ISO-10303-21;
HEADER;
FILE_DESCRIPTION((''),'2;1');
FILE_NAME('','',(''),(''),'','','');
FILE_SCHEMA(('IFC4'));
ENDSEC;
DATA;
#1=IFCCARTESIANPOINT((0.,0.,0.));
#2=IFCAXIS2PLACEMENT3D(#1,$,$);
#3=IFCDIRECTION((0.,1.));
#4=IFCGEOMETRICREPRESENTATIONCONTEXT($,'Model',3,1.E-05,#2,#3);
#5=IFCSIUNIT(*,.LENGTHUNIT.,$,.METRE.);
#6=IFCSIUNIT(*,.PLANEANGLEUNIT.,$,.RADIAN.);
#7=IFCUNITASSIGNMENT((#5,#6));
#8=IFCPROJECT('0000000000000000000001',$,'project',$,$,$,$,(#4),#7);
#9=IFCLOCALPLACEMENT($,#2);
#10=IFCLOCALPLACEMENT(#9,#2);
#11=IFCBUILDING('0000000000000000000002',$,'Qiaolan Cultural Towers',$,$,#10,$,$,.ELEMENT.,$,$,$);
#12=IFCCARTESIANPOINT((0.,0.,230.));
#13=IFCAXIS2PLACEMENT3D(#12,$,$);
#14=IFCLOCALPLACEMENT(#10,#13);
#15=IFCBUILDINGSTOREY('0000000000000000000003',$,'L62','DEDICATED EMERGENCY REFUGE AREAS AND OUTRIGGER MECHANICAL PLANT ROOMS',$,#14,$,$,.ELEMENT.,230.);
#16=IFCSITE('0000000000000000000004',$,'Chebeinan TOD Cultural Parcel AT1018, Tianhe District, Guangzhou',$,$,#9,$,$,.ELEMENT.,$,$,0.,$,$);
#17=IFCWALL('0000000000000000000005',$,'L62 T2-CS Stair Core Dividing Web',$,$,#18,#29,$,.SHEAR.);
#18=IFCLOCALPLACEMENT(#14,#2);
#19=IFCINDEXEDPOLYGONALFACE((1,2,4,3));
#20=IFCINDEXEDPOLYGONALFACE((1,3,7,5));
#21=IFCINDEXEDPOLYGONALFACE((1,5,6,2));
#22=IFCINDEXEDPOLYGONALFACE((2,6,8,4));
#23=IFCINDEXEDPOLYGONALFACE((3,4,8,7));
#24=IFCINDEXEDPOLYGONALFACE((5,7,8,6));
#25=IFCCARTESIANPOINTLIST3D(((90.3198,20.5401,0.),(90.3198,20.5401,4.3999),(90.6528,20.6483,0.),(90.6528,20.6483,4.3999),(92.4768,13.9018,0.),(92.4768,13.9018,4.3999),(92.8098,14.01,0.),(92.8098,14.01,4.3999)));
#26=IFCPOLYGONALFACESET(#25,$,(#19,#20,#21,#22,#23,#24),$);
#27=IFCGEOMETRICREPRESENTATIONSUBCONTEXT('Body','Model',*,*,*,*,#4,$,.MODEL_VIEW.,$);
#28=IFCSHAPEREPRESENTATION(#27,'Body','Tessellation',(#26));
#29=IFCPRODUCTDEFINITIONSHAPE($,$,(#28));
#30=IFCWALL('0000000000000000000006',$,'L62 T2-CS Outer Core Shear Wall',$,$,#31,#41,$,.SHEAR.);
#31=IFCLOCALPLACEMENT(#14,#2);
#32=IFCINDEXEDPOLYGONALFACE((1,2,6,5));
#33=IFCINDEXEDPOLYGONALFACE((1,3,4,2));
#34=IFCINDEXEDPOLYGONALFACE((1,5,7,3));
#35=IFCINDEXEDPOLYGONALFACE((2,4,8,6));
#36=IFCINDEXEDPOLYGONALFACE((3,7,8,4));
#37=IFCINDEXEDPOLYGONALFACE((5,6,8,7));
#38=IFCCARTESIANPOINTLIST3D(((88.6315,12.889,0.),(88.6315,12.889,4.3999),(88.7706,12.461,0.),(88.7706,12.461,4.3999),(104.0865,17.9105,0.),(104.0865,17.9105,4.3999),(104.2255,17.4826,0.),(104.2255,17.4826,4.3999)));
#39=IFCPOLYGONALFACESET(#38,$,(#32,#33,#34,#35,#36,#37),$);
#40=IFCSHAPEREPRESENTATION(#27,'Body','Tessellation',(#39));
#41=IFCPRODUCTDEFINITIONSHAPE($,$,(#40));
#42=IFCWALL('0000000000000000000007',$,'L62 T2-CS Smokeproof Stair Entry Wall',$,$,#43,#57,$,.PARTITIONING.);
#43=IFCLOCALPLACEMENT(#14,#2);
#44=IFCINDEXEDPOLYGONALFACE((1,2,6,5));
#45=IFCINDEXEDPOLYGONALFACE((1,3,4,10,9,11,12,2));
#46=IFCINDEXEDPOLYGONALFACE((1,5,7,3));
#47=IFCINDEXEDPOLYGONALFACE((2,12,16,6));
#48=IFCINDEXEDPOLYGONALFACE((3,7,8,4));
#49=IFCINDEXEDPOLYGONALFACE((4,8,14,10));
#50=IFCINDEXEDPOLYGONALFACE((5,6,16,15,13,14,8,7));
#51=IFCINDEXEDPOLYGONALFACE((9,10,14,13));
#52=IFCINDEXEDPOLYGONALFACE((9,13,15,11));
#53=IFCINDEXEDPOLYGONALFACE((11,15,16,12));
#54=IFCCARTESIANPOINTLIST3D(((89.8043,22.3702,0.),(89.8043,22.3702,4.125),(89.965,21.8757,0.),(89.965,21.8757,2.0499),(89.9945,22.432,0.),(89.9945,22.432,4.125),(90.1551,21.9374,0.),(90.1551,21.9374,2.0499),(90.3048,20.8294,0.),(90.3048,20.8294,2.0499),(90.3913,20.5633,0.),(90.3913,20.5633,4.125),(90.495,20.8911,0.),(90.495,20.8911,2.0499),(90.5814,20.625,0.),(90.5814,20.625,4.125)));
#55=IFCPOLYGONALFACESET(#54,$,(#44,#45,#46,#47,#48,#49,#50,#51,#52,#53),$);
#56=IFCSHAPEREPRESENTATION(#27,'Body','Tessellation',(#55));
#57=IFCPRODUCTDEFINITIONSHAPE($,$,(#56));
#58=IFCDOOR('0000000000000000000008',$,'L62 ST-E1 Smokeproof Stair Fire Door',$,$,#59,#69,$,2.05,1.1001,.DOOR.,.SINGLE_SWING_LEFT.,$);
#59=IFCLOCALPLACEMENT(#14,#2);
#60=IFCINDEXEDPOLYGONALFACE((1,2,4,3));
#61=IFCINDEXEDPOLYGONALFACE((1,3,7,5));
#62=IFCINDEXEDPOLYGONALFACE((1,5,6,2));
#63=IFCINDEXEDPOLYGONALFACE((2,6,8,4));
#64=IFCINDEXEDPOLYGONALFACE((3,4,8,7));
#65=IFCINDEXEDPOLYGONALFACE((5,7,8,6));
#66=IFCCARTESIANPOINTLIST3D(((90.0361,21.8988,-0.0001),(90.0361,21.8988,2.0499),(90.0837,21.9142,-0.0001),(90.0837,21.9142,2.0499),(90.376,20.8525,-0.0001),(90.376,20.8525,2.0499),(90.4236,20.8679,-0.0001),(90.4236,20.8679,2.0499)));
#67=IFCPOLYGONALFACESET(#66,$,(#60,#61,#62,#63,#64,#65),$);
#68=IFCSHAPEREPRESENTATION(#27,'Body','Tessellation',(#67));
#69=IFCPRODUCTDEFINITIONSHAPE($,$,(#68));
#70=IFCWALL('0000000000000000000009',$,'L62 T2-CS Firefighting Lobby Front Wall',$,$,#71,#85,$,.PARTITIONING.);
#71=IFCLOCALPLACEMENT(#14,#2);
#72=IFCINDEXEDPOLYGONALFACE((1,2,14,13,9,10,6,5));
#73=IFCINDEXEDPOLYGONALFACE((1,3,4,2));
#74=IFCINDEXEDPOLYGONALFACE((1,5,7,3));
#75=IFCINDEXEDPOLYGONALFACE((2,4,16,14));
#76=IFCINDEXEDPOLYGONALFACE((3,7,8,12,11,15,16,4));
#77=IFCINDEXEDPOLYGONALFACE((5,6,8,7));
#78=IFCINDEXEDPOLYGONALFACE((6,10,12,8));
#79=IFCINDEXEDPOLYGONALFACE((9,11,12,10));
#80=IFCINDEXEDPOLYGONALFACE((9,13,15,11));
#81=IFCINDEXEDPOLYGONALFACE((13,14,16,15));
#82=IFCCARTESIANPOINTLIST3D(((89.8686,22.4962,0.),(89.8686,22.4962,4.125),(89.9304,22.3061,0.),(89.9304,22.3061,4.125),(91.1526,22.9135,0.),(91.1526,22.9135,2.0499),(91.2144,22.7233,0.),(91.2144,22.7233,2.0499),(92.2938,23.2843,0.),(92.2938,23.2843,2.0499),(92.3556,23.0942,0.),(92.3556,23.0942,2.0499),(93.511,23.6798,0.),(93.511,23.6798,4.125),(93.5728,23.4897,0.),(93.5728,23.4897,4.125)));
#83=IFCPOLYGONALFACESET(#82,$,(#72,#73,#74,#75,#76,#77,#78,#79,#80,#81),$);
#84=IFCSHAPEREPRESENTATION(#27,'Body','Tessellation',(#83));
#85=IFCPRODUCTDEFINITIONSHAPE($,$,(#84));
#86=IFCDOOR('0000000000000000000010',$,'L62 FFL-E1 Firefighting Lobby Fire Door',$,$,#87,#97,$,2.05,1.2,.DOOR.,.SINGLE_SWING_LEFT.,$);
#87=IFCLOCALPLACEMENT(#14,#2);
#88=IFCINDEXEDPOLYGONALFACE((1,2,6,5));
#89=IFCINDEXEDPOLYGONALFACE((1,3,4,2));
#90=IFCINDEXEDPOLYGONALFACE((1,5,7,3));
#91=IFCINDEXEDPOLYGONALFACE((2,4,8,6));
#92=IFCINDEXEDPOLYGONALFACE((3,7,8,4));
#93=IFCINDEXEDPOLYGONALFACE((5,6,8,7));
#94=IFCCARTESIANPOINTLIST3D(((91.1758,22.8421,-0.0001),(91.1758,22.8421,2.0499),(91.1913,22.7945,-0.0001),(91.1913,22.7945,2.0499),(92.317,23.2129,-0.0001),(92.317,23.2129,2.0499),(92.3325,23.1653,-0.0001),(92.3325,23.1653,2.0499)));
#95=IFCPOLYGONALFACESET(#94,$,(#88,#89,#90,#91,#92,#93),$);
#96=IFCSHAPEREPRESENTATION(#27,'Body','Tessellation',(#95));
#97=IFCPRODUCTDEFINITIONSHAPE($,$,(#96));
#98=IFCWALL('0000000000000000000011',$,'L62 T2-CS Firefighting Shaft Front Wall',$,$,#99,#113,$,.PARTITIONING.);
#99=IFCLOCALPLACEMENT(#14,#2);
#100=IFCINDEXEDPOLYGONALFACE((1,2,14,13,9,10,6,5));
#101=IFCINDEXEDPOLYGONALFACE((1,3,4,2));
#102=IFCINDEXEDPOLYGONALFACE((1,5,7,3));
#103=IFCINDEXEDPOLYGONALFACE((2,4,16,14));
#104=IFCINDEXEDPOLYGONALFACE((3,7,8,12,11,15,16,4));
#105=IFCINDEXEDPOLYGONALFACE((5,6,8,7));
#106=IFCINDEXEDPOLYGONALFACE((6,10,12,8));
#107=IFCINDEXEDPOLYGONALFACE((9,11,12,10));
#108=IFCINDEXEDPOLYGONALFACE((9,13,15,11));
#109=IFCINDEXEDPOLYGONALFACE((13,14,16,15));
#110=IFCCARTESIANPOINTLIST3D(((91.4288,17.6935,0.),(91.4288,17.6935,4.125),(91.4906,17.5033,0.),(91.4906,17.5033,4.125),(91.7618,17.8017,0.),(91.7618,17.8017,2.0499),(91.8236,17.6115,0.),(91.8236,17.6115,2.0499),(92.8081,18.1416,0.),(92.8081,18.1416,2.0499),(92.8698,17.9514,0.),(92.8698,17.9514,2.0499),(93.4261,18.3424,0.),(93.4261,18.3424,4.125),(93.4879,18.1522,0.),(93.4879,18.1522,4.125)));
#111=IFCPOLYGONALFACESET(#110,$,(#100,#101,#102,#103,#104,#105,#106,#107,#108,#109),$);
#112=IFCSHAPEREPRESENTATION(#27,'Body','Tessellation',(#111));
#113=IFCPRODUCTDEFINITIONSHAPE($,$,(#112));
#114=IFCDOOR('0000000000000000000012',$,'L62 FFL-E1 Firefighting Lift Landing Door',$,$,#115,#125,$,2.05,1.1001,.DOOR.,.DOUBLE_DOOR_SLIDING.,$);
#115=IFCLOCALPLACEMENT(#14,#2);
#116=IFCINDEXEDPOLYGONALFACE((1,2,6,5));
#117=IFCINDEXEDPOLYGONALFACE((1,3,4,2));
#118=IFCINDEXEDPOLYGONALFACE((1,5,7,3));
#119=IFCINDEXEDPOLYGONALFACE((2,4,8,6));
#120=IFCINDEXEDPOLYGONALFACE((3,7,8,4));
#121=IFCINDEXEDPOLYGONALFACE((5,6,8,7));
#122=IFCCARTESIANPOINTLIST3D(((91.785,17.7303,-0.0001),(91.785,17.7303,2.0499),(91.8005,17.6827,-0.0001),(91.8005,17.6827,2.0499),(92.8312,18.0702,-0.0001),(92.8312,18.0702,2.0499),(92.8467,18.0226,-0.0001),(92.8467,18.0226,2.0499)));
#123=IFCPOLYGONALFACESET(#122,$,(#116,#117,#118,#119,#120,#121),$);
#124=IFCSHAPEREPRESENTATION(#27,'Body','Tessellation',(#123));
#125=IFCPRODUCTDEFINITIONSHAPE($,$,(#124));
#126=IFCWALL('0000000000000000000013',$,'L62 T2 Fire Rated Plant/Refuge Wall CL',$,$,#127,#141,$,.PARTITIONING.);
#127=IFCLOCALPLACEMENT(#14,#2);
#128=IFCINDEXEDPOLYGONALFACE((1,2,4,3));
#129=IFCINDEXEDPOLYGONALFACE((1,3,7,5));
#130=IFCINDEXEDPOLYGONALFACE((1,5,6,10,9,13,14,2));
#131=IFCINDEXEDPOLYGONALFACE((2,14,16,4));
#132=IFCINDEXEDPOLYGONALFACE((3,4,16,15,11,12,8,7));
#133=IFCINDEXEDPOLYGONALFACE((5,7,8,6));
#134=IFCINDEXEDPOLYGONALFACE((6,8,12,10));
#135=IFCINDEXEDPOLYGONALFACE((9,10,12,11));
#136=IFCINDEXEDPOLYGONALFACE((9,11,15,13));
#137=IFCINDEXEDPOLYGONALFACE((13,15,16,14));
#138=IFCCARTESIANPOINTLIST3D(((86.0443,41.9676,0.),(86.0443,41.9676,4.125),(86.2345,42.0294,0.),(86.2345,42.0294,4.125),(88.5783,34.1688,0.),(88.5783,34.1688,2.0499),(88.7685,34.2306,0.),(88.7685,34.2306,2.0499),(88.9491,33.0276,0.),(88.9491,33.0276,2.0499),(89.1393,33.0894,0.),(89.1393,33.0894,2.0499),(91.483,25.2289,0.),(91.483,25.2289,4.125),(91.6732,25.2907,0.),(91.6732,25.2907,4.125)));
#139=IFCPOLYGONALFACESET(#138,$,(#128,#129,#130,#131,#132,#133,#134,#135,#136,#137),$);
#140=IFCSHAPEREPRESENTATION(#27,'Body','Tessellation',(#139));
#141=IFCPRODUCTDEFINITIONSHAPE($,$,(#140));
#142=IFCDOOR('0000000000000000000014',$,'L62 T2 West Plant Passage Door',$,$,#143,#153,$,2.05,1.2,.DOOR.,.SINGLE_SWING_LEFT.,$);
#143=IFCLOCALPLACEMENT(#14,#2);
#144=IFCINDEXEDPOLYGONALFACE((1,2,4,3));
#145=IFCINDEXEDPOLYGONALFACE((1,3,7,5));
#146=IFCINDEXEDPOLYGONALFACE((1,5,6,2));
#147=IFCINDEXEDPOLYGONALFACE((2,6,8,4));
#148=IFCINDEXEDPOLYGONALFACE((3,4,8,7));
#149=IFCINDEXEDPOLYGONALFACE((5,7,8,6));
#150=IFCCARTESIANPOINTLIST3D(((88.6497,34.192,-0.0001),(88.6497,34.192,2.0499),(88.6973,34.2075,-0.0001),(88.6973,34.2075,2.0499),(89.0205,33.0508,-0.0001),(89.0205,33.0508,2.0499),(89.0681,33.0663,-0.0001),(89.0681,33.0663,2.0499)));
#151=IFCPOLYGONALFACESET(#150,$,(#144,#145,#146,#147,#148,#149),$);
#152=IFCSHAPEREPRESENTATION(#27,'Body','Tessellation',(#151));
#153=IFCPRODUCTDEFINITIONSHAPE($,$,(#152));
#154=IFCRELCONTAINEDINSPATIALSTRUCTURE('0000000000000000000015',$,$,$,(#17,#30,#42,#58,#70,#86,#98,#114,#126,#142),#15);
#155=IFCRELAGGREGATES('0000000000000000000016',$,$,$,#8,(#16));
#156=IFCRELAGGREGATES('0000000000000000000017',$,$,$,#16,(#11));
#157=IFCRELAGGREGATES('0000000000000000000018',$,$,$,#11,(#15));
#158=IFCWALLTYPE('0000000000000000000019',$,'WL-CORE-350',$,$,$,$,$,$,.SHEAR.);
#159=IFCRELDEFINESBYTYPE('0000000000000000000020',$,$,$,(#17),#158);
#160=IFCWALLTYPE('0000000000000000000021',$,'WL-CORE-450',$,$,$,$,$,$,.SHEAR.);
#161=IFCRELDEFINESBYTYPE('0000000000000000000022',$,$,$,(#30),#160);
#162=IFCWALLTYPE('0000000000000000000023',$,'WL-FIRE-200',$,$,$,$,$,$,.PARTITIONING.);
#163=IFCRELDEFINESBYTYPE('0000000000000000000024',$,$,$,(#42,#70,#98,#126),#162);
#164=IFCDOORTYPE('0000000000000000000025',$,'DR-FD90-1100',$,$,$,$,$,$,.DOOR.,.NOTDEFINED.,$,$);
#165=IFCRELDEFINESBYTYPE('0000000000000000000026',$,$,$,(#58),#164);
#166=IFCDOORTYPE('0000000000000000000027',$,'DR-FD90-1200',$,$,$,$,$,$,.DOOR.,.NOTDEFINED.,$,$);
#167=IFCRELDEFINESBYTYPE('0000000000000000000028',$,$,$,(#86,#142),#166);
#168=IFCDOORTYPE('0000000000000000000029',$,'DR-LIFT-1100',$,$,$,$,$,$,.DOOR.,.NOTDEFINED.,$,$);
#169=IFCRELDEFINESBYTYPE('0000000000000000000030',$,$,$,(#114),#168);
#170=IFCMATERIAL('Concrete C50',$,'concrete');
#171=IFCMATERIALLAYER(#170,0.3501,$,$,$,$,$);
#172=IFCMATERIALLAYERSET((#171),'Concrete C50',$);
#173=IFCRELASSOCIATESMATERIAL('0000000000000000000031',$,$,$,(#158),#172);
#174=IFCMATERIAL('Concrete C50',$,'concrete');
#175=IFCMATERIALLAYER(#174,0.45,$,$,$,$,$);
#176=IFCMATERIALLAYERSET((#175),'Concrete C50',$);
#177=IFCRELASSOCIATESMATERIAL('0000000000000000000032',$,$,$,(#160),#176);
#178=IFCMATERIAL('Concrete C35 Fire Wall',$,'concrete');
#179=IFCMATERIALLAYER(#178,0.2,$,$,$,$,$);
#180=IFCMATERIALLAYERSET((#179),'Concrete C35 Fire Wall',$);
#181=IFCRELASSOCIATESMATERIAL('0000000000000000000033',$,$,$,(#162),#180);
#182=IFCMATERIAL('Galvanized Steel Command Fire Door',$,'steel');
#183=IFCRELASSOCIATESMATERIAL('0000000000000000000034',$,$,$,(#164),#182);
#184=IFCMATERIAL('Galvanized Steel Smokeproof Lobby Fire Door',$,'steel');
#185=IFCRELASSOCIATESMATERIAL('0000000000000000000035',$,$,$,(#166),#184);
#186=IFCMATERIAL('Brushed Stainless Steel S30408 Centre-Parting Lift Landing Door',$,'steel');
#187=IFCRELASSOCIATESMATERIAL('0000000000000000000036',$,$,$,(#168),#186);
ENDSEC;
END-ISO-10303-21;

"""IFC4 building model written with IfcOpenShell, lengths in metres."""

from ifc_helpers import new_model, si_unit, direction, frame, frame_2d, origin, place, context, subcontext, project, spatial, rectangle, extrude, material, layer, layer_set, type_object, element, fill, save


model = new_model("IFC4")

# Units and contexts
model_context = context("Model", 3, precision=1e-05, world=origin(), true_north=direction((0.0, 1.0)))
body_context = subcontext(model_context, "Body", "Model", "MODEL_VIEW")
ifc_project = project(units=[si_unit("LENGTHUNIT", "METRE"), si_unit("PLANEANGLEUNIT", "RADIAN")], contexts=[model_context])

# Site, building, storey
site_placement = place(None, origin())
site = spatial("IfcSite", under=ifc_project, at=site_placement, Name="Chebeinan TOD Cultural Parcel AT1018, Tianhe District, Guangzhou", CompositionType="ELEMENT", RefElevation=0.0)
building_placement = place(site_placement, origin())
building = spatial("IfcBuilding", under=site, at=building_placement, Name="Qiaolan Cultural Towers", CompositionType="ELEMENT")
storey_placement = place(building_placement, frame((0.0, 0.0, 230.0)))
storey = spatial("IfcBuildingStorey", under=building, at=storey_placement, Name="L62", Description="DEDICATED EMERGENCY REFUGE AREAS AND OUTRIGGER MECHANICAL PLANT ROOMS", CompositionType="ELEMENT", Elevation=230.0)

# Walls
ifc_material_1 = material(Name="Concrete C50", Category="concrete")
ifc_layer_1 = layer(ifc_material_1, 0.3501)
ifc_layer_set_1 = layer_set([ifc_layer_1], Name="Concrete C50")
wall_type_1 = type_object("IfcWallType", Name="WL-CORE-350", PredefinedType="SHEAR", material=ifc_layer_set_1)
wall_1_placement = place(storey_placement, frame((90.4863, 20.5942, 0.0), z_axis=(0.0, 0.0, 1.0), x_axis=(0.30902, -0.951055, 0.0)))
element("IfcWall", 1, at=wall_1_placement, inside=storey, type_object=wall_type_1, Name="L62 T2-CS Stair Core Dividing Web", PredefinedType="SHEAR", context=body_context, shape_type="SweptSolid", body=[
    extrude(rectangle(XDim=6.98, YDim=0.3501, at=frame_2d((3.49, 0.0))), origin(), (0.0, 0.0, 1.0), 4.3999),
])
ifc_material_2 = material(Name="Concrete C50", Category="concrete")
ifc_layer_2 = layer(ifc_material_2, 0.45)
ifc_layer_set_2 = layer_set([ifc_layer_2], Name="Concrete C50")
wall_type_2 = type_object("IfcWallType", Name="WL-CORE-450", PredefinedType="SHEAR", material=ifc_layer_set_2)
wall_2_placement = place(storey_placement, frame((88.7012, 12.675, 0.0), z_axis=(0.0, 0.0, 1.0), x_axis=(0.951058, 0.309012, 0.0)))
element("IfcWall", 2, at=wall_2_placement, inside=storey, type_object=wall_type_2, Name="L62 T2-CS Outer Core Shear Wall", PredefinedType="SHEAR", context=body_context, shape_type="SweptSolid", body=[
    extrude(rectangle(XDim=16.2502, YDim=0.45, at=frame_2d((8.125, 0.0))), origin(), (0.0, 0.0, 1.0), 4.3999),
])

# Walls, openings, doors
ifc_material_3 = material(Name="Concrete C35 Fire Wall", Category="concrete")
ifc_layer_3 = layer(ifc_material_3, 0.2)
ifc_layer_set_3 = layer_set([ifc_layer_3], Name="Concrete C35 Fire Wall")
wall_type_3 = type_object("IfcWallType", Name="WL-FIRE-200", PredefinedType="PARTITIONING", material=ifc_layer_set_3)
wall_3_placement = place(storey_placement, frame((89.8994, 22.4011, 0.0), z_axis=(0.0, 0.0, 1.0), x_axis=(0.308932, -0.951084, 0.0)))
wall_3 = element("IfcWall", 3, at=wall_3_placement, inside=storey, type_object=wall_type_3, Name="L62 T2-CS Smokeproof Stair Entry Wall", PredefinedType="PARTITIONING", context=body_context, shape_type="SweptSolid", body=[
    extrude(rectangle(XDim=1.8999, YDim=0.2, at=frame_2d((0.95, 0.0))), origin(), (0.0, 0.0, 1.0), 4.125),
])
opening_1_placement = place(wall_3_placement, frame((0.52, 0.0, 0.0)))
opening_1 = element("IfcOpeningElement", 4, at=opening_1_placement, cuts=wall_3, PredefinedType="OPENING", context=body_context, shape_type="SweptSolid", body=[
    extrude(rectangle(XDim=1.1001, YDim=2.05, at=frame_2d((0.55, 1.0249))), frame((0.0, 0.1099, 0.0), z_axis=(0.0, -1.0, 0.0), x_axis=(1.0, 0.0, 0.0)), (0.0, 0.0, 1.0), 0.22),
])
ifc_material_4 = material(Name="Galvanized Steel Command Fire Door", Category="steel")
door_type_1 = type_object("IfcDoorType", Name="DR-FD90-1100", OperationType="NOTDEFINED", PredefinedType="DOOR", material=ifc_material_4)
door_1_placement = place(opening_1_placement, origin())
door_1 = element("IfcDoor", 5, at=door_1_placement, inside=storey, type_object=door_type_1, Name="L62 ST-E1 Smokeproof Stair Fire Door", OperationType="SINGLE_SWING_LEFT", OverallHeight=2.05, OverallWidth=1.1001, PredefinedType="DOOR", context=body_context, shape_type="SweptSolid", body=[
    extrude(rectangle(XDim=1.1001, YDim=2.05, at=frame_2d((0.55, 1.0249))), frame((0.0, 0.0249, 0.0), z_axis=(0.0, -1.0, 0.0), x_axis=(1.0, 0.0, 0.0)), (0.0, 0.0, 1.0), 0.05),
])
fill(opening_1, door_1)
wall_4_placement = place(storey_placement, frame((89.8994, 22.4011, 0.0), z_axis=(0.0, 0.0, 1.0), x_axis=(0.951047, 0.309047, 0.0)))
wall_4 = element("IfcWall", 6, at=wall_4_placement, inside=storey, type_object=wall_type_3, Name="L62 T2-CS Firefighting Lobby Front Wall", PredefinedType="PARTITIONING", context=body_context, shape_type="SweptSolid", body=[
    extrude(rectangle(XDim=3.8298, YDim=0.2, at=frame_2d((1.915, 0.0))), origin(), (0.0, 0.0, 1.0), 4.125),
])
opening_2_placement = place(wall_4_placement, frame((1.3501, 0.0, 0.0)))
opening_2 = element("IfcOpeningElement", 7, at=opening_2_placement, cuts=wall_4, PredefinedType="OPENING", context=body_context, shape_type="SweptSolid", body=[
    extrude(rectangle(XDim=1.2, YDim=2.05, at=frame_2d((0.6001, 1.0249))), frame((0.0, 0.1099, 0.0), z_axis=(0.0, -1.0, 0.0), x_axis=(1.0, 0.0, 0.0)), (0.0, 0.0, 1.0), 0.22),
])
ifc_material_5 = material(Name="Galvanized Steel Smokeproof Lobby Fire Door", Category="steel")
door_type_2 = type_object("IfcDoorType", Name="DR-FD90-1200", OperationType="NOTDEFINED", PredefinedType="DOOR", material=ifc_material_5)
door_2_placement = place(opening_2_placement, origin())
door_2 = element("IfcDoor", 8, at=door_2_placement, inside=storey, type_object=door_type_2, Name="L62 FFL-E1 Firefighting Lobby Fire Door", OperationType="SINGLE_SWING_LEFT", OverallHeight=2.05, OverallWidth=1.2, PredefinedType="DOOR", context=body_context, shape_type="SweptSolid", body=[
    extrude(rectangle(XDim=1.2, YDim=2.05, at=frame_2d((0.6001, 1.0249))), frame((0.0, 0.0249, 0.0), z_axis=(0.0, -1.0, 0.0), x_axis=(1.0, 0.0, 0.0)), (0.0, 0.0, 1.0), 0.05),
])
fill(opening_2, door_2)
wall_5_placement = place(storey_placement, frame((91.4597, 17.5984, 0.0), z_axis=(0.0, 0.0, 1.0), x_axis=(0.951062, 0.308999, 0.0)))
wall_5 = element("IfcWall", 9, at=wall_5_placement, inside=storey, type_object=wall_type_3, Name="L62 T2-CS Firefighting Shaft Front Wall", PredefinedType="PARTITIONING", context=body_context, shape_type="SweptSolid", body=[
    extrude(rectangle(XDim=2.1001, YDim=0.2, at=frame_2d((1.05, 0.0))), origin(), (0.0, 0.0, 1.0), 4.125),
])
opening_3_placement = place(wall_5_placement, frame((0.3501, 0.0, 0.0)))
opening_3 = element("IfcOpeningElement", 10, at=opening_3_placement, cuts=wall_5, PredefinedType="OPENING", context=body_context, shape_type="SweptSolid", body=[
    extrude(rectangle(XDim=1.1001, YDim=2.05, at=frame_2d((0.55, 1.0249))), frame((0.0, 0.1099, 0.0), z_axis=(0.0, -1.0, 0.0), x_axis=(1.0, 0.0, 0.0)), (0.0, 0.0, 1.0), 0.22),
])
ifc_material_6 = material(Name="Brushed Stainless Steel S30408 Centre-Parting Lift Landing Door", Category="steel")
door_type_3 = type_object("IfcDoorType", Name="DR-LIFT-1100", OperationType="NOTDEFINED", PredefinedType="DOOR", material=ifc_material_6)
door_3_placement = place(opening_3_placement, origin())
door_3 = element("IfcDoor", 11, at=door_3_placement, inside=storey, type_object=door_type_3, Name="L62 FFL-E1 Firefighting Lift Landing Door", OperationType="DOUBLE_DOOR_SLIDING", OverallHeight=2.05, OverallWidth=1.1001, PredefinedType="DOOR", context=body_context, shape_type="SweptSolid", body=[
    extrude(rectangle(XDim=1.1001, YDim=2.05, at=frame_2d((0.55, 1.0249))), frame((0.0, 0.0249, 0.0), z_axis=(0.0, -1.0, 0.0), x_axis=(1.0, 0.0, 0.0)), (0.0, 0.0, 1.0), 0.05),
])
fill(opening_3, door_3)
wall_6_placement = place(storey_placement, frame((91.5781, 25.2598, 0.0), z_axis=(0.0, 0.0, 1.0), x_axis=(-0.309015, 0.951057, 0.0)))
wall_6 = element("IfcWall", 12, at=wall_6_placement, inside=storey, type_object=wall_type_3, Name="L62 T2 Fire Rated Plant/Refuge Wall CL", PredefinedType="PARTITIONING", context=body_context, shape_type="SweptSolid", body=[
    extrude(rectangle(XDim=17.6001, YDim=0.2, at=frame_2d((8.8, 0.0))), origin(), (0.0, 0.0, 1.0), 4.125),
])
opening_4_placement = place(wall_6_placement, frame((8.2, 0.0, 0.0)))
opening_4 = element("IfcOpeningElement", 13, at=opening_4_placement, cuts=wall_6, PredefinedType="OPENING", context=body_context, shape_type="SweptSolid", body=[
    extrude(rectangle(XDim=1.2, YDim=2.05, at=frame_2d((0.6001, 1.0249))), frame((0.0, 0.1099, 0.0), z_axis=(0.0, -1.0, 0.0), x_axis=(1.0, 0.0, 0.0)), (0.0, 0.0, 1.0), 0.22),
])
door_4_placement = place(opening_4_placement, origin())
door_4 = element("IfcDoor", 14, at=door_4_placement, inside=storey, type_object=door_type_2, Name="L62 T2 West Plant Passage Door", OperationType="SINGLE_SWING_LEFT", OverallHeight=2.05, OverallWidth=1.2, PredefinedType="DOOR", context=body_context, shape_type="SweptSolid", body=[
    extrude(rectangle(XDim=1.2, YDim=2.05, at=frame_2d((0.6001, 1.0249))), frame((0.0, 0.0249, 0.0), z_axis=(0.0, -1.0, 0.0), x_axis=(1.0, 0.0, 0.0)), (0.0, 0.0, 1.0), 0.05),
])
fill(opening_4, door_4)

save(model, "model.ifc")
